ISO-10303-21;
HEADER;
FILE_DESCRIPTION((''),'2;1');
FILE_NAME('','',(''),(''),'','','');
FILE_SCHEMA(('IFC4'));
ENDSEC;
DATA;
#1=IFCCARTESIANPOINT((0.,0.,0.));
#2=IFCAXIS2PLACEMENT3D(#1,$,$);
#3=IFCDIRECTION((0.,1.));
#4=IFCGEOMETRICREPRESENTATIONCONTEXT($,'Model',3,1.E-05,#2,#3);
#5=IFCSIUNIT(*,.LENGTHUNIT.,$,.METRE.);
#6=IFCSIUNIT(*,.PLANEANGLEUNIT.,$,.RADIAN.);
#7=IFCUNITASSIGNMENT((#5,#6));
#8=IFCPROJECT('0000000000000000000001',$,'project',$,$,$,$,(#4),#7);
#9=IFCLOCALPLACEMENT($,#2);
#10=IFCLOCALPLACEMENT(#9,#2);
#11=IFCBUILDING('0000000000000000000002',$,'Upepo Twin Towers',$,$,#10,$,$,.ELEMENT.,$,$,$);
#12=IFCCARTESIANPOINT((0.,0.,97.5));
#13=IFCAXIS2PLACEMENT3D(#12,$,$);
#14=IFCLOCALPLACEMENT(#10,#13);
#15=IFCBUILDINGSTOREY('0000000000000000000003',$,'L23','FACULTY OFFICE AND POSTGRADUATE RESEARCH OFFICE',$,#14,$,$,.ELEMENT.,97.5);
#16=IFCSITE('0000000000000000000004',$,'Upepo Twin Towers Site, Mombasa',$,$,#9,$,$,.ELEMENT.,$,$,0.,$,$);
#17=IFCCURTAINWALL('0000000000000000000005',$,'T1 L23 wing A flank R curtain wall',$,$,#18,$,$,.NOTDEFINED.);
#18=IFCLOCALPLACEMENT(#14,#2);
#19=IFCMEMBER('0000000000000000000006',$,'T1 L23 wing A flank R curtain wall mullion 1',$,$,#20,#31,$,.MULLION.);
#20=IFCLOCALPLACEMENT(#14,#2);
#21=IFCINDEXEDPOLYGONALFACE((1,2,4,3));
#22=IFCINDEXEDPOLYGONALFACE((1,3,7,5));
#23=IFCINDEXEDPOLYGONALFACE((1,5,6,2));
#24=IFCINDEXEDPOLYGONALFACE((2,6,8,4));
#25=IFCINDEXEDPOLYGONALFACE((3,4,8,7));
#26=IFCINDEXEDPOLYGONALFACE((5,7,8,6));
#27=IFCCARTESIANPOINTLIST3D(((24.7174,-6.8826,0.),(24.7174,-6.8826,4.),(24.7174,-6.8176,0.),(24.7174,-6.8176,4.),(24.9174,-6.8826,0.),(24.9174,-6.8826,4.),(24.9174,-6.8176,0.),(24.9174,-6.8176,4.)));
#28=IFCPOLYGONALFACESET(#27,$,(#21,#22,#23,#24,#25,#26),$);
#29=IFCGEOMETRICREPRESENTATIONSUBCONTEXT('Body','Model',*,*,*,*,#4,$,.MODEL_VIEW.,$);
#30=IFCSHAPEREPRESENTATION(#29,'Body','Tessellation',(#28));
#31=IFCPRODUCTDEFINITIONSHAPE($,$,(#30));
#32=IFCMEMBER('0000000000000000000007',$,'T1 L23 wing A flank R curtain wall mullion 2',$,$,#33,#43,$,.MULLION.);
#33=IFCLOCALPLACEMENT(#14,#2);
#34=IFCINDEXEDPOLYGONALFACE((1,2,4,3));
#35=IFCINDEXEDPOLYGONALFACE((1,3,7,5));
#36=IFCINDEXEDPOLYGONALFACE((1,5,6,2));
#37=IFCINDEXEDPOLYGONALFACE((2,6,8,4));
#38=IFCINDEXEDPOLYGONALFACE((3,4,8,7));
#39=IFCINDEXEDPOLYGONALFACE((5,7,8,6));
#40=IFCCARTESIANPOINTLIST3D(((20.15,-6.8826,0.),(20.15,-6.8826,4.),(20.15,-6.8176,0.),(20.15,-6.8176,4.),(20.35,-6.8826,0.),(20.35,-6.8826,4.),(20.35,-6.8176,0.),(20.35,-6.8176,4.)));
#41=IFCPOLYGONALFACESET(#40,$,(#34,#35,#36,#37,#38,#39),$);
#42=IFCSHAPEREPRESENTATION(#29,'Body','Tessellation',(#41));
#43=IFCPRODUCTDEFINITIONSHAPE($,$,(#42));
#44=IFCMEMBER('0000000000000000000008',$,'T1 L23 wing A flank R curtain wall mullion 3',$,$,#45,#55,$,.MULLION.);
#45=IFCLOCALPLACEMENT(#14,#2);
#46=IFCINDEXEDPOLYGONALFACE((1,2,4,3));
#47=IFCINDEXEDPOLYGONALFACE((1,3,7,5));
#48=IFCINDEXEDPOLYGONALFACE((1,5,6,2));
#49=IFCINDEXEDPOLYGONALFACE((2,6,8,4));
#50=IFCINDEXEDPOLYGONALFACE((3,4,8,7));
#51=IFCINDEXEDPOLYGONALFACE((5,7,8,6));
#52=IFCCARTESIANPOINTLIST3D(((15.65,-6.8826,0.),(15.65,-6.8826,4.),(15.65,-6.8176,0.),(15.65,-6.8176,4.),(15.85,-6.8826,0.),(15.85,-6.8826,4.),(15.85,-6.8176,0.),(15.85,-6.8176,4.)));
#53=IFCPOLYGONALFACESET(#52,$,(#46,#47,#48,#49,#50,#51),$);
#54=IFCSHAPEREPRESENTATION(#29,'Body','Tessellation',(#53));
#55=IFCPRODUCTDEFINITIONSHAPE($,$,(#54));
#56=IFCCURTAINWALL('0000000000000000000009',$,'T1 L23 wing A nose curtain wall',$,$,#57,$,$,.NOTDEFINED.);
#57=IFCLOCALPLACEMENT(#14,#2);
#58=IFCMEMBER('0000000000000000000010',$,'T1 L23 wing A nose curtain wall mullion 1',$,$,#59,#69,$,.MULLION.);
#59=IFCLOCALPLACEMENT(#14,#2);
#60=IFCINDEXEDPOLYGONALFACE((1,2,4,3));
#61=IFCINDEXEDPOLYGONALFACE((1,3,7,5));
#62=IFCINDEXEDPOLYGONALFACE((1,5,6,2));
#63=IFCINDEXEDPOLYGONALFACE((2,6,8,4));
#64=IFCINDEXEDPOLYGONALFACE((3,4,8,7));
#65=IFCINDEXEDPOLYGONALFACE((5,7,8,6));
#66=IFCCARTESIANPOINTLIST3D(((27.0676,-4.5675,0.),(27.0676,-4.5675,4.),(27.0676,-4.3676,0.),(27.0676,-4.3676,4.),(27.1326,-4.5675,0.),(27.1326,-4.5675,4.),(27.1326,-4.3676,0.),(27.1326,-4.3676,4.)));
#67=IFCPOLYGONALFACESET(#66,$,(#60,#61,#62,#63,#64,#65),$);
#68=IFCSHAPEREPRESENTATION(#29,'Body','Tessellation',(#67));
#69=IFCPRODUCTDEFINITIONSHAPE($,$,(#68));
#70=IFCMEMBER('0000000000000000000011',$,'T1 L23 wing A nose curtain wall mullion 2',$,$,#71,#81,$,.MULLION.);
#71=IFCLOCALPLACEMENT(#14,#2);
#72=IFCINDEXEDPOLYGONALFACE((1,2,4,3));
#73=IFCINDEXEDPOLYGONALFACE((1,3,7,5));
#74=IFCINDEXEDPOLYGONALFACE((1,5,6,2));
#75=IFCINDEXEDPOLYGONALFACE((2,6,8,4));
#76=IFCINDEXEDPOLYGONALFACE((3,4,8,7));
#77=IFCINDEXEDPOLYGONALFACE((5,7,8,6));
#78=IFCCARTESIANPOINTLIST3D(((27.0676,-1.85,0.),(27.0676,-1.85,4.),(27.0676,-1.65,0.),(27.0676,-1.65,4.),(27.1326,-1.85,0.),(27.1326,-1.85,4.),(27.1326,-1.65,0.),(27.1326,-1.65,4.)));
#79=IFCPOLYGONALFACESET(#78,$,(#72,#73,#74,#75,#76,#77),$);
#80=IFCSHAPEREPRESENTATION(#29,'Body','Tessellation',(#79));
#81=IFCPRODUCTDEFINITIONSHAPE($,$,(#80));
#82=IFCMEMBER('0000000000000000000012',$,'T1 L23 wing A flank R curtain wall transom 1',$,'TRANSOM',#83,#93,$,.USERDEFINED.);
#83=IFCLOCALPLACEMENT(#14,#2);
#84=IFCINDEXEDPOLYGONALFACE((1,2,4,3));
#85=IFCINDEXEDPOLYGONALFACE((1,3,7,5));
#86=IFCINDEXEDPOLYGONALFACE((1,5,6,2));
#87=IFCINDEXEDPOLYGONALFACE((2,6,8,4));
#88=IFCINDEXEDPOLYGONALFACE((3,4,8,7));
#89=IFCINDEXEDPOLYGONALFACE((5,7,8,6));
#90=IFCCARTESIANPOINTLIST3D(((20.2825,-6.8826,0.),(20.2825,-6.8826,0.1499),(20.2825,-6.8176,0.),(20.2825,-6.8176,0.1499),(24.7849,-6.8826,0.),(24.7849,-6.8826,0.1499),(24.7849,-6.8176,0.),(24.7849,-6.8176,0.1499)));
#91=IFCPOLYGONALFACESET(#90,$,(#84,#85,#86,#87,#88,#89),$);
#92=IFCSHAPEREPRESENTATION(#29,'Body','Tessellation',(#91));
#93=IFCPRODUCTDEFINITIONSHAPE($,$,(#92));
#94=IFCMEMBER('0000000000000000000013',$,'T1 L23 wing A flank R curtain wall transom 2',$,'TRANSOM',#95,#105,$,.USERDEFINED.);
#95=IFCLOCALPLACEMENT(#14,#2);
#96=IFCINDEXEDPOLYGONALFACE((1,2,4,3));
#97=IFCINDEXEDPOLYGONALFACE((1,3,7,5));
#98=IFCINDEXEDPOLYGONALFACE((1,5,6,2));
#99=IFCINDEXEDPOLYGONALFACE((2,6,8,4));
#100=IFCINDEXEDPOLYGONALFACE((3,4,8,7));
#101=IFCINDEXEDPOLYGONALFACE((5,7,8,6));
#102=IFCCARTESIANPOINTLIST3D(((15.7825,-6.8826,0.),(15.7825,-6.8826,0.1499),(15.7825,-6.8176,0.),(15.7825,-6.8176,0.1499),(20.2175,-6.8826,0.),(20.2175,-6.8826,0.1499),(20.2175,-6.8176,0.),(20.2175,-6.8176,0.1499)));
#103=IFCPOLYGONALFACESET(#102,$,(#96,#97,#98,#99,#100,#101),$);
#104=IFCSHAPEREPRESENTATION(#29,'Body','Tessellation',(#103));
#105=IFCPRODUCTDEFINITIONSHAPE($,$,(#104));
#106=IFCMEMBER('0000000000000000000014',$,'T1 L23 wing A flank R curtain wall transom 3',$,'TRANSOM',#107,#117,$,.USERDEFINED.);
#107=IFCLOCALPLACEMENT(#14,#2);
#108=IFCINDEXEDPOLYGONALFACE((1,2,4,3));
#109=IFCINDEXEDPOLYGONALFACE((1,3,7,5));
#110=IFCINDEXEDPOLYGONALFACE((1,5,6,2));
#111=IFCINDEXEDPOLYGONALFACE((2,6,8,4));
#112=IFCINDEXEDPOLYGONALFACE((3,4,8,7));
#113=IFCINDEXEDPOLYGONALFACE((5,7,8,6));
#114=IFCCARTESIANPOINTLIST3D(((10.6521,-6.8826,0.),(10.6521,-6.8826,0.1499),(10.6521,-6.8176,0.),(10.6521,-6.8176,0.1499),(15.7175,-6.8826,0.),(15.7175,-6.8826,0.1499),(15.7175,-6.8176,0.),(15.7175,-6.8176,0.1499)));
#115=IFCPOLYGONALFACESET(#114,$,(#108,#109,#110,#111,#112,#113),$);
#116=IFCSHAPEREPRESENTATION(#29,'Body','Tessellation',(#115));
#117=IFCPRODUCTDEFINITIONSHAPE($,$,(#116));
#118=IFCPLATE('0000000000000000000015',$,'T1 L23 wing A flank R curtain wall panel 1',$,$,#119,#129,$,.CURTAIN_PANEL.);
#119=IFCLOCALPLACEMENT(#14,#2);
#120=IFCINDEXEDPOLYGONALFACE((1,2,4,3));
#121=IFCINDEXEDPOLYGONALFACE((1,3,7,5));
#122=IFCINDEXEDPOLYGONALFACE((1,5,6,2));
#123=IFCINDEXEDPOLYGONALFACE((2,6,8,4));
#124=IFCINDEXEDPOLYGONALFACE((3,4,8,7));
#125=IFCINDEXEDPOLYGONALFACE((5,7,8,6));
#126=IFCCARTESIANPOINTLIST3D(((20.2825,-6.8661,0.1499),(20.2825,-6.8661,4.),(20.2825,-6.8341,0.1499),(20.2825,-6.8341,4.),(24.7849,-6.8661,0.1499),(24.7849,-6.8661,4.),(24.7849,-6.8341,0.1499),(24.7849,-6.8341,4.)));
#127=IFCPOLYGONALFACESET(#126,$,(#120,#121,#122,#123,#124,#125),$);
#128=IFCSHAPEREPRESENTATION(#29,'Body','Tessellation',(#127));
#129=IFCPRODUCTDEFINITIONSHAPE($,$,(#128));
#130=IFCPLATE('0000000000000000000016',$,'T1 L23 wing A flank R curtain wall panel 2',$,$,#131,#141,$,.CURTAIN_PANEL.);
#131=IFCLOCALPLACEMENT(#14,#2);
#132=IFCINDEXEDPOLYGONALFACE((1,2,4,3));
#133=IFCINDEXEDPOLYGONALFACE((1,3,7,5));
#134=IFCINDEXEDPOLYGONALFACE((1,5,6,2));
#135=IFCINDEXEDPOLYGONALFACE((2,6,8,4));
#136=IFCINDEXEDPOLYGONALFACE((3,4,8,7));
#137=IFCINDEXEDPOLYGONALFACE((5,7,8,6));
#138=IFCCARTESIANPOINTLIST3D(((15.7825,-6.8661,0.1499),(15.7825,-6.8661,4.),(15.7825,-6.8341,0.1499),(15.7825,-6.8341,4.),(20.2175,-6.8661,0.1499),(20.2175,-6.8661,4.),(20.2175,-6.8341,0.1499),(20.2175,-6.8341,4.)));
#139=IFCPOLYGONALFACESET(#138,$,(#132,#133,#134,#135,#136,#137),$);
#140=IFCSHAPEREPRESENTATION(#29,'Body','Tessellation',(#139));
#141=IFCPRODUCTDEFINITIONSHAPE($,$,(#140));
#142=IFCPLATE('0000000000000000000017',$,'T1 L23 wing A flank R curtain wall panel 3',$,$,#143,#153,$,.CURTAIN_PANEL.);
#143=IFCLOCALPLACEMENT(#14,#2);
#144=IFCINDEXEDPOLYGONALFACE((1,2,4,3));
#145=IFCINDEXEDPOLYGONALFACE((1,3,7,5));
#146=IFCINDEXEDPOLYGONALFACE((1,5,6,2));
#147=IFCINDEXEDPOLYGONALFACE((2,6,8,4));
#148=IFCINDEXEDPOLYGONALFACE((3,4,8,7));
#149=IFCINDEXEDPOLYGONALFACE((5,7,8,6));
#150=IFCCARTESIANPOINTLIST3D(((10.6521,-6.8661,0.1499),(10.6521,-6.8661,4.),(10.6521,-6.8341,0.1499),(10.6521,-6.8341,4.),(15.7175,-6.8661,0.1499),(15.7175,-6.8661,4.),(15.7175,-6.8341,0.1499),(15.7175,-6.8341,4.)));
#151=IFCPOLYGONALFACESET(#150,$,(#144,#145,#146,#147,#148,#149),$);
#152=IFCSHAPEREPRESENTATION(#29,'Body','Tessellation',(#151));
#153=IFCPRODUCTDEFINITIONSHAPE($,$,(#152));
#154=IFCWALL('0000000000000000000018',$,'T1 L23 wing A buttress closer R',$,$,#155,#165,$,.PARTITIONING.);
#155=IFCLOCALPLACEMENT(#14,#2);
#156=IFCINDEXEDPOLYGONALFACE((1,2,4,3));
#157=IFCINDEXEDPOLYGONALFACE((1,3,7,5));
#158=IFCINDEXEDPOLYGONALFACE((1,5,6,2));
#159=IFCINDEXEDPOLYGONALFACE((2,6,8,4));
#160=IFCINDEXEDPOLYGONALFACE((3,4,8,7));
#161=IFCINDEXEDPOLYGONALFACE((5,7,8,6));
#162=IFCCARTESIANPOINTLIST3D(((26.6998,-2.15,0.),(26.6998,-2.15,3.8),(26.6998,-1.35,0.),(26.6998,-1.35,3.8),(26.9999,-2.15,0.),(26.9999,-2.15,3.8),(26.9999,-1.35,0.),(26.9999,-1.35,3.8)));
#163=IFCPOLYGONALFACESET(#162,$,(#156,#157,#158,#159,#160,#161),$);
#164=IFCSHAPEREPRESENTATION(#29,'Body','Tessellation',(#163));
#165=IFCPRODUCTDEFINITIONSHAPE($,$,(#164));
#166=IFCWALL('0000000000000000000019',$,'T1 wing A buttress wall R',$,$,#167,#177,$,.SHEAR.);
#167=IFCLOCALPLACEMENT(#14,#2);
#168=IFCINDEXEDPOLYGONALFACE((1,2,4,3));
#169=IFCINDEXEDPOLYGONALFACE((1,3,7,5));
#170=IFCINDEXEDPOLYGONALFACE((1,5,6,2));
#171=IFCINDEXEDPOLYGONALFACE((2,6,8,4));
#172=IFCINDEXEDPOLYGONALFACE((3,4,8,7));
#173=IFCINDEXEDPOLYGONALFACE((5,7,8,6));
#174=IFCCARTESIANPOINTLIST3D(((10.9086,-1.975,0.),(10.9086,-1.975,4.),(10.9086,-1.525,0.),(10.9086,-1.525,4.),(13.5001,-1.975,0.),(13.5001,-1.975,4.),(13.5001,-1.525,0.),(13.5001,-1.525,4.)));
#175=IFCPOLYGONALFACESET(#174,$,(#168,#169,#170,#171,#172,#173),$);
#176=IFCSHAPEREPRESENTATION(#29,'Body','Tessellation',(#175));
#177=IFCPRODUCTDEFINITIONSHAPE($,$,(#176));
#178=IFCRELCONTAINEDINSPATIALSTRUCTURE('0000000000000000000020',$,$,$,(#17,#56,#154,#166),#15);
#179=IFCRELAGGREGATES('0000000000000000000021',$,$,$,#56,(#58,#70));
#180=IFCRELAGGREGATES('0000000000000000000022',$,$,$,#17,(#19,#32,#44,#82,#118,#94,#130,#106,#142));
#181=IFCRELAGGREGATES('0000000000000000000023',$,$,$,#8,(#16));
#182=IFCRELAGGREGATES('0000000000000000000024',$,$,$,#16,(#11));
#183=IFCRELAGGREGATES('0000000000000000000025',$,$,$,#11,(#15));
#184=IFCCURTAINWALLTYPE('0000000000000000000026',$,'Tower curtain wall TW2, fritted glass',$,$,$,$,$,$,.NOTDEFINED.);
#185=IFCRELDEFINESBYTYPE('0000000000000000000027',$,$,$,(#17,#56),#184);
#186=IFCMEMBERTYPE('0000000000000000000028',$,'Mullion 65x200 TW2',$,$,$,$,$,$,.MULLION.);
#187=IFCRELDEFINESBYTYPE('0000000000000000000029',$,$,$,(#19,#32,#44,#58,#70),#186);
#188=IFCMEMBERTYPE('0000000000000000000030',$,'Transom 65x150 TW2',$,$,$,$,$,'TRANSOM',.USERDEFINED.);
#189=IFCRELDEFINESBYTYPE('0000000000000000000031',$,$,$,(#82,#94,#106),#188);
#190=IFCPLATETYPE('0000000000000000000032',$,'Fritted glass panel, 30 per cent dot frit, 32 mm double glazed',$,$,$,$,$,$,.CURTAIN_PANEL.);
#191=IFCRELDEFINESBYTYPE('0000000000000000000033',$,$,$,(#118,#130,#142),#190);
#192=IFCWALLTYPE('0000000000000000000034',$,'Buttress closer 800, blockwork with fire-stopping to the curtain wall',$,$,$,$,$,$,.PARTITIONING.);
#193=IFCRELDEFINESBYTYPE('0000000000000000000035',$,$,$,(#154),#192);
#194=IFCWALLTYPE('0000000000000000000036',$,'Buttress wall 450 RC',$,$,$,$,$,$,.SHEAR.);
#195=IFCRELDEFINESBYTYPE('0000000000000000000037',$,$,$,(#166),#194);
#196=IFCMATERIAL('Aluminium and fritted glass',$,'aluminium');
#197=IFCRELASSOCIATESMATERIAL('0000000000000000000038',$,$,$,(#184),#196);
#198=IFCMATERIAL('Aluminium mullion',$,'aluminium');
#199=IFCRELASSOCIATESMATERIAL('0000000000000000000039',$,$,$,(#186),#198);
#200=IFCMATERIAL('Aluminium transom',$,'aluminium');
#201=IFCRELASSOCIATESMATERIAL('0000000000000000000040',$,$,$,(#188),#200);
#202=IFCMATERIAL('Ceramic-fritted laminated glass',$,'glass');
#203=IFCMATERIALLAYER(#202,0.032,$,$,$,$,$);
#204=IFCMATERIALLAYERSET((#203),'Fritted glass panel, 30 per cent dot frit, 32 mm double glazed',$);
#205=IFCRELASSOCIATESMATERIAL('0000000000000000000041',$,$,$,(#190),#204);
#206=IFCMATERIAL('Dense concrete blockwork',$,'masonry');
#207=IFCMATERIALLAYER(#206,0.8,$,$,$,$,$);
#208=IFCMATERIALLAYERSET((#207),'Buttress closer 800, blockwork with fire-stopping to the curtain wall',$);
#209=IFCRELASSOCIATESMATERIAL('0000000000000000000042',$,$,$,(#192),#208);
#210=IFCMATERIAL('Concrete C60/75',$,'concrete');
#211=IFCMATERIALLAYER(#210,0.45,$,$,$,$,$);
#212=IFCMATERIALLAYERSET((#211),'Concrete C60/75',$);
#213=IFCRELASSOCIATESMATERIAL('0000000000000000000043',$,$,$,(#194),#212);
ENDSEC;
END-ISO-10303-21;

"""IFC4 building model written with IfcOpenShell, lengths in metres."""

from ifc_helpers import new_model, si_unit, direction, frame, frame_2d, origin, origin_2d, place, context, subcontext, project, spatial, rectangle, extrude, material, layer, layer_set, material_profile, profile_set, type_object, element, aggregate, save


model = new_model("IFC4")

# Units and contexts
model_context = context("Model", 3, precision=1e-05, world=origin(), true_north=direction((0.0, 1.0)))
body_context = subcontext(model_context, "Body", "Model", "MODEL_VIEW")
ifc_project = project(units=[si_unit("LENGTHUNIT", "METRE"), si_unit("PLANEANGLEUNIT", "RADIAN")], contexts=[model_context])

# Site, building, storey
site_placement = place(None, origin())
site = spatial("IfcSite", under=ifc_project, at=site_placement, Name="Upepo Twin Towers Site, Mombasa", CompositionType="ELEMENT", RefElevation=0.0)
building_placement = place(site_placement, origin())
building = spatial("IfcBuilding", under=site, at=building_placement, Name="Upepo Twin Towers", CompositionType="ELEMENT")
storey_placement = place(building_placement, frame((0.0, 0.0, 97.5)))
storey = spatial("IfcBuildingStorey", under=building, at=storey_placement, Name="L23", Description="FACULTY OFFICE AND POSTGRADUATE RESEARCH OFFICE", CompositionType="ELEMENT", Elevation=97.5)

# Curtain walls, members
ifc_material_1 = material(Name="Aluminium and fritted glass", Category="aluminium")
curtain_wall_type = type_object("IfcCurtainWallType", Name="Tower curtain wall TW2, fritted glass", PredefinedType="NOTDEFINED", material=ifc_material_1)
curtain_wall_1_placement = place(storey_placement, origin())
curtain_wall_1 = element("IfcCurtainWall", 1, at=curtain_wall_1_placement, inside=storey, type_object=curtain_wall_type, Name="T1 L23 wing A flank R curtain wall", PredefinedType="NOTDEFINED")
ifc_material_2 = material(Name="Aluminium mullion", Category="aluminium")
ifc_material_profile_1 = material_profile(ifc_material_2, rectangle(XDim=0.0649, YDim=0.2, at=origin_2d()), Name="MULLION 65x200")
ifc_profile_set_1 = profile_set([ifc_material_profile_1], Name="Aluminium mullion")
member_type_1 = type_object("IfcMemberType", Name="Mullion 65x200 TW2", PredefinedType="MULLION", material=ifc_profile_set_1)
member_1_placement = place(storey_placement, frame((24.8174, -6.8501, 0.0), z_axis=(0.0, 0.0, 1.0), x_axis=(0.0, -1.0, 0.0)))
member_1 = element("IfcMember", 2, at=member_1_placement, type_object=member_type_1, Name="T1 L23 wing A flank R curtain wall mullion 1", PredefinedType="MULLION", context=body_context, shape_type="SweptSolid", body=[
    extrude(rectangle(XDim=0.0649, YDim=0.2, at=origin_2d()), origin(), (0.0, 0.0, 1.0), 4.0),
])
member_2_placement = place(storey_placement, frame((20.25, -6.8501, 0.0), z_axis=(0.0, 0.0, 1.0), x_axis=(0.0, -1.0, 0.0)))
member_2 = element("IfcMember", 3, at=member_2_placement, type_object=member_type_1, Name="T1 L23 wing A flank R curtain wall mullion 2", PredefinedType="MULLION", context=body_context, shape_type="SweptSolid", body=[
    extrude(rectangle(XDim=0.0649, YDim=0.2, at=origin_2d()), origin(), (0.0, 0.0, 1.0), 4.0),
])
member_3_placement = place(storey_placement, frame((15.75, -6.8501, 0.0), z_axis=(0.0, 0.0, 1.0), x_axis=(0.0, -1.0, 0.0)))
member_3 = element("IfcMember", 4, at=member_3_placement, type_object=member_type_1, Name="T1 L23 wing A flank R curtain wall mullion 3", PredefinedType="MULLION", context=body_context, shape_type="SweptSolid", body=[
    extrude(rectangle(XDim=0.0649, YDim=0.2, at=origin_2d()), origin(), (0.0, 0.0, 1.0), 4.0),
])
curtain_wall_2_placement = place(storey_placement, origin())
curtain_wall_2 = element("IfcCurtainWall", 5, at=curtain_wall_2_placement, inside=storey, type_object=curtain_wall_type, Name="T1 L23 wing A nose curtain wall", PredefinedType="NOTDEFINED")
member_4_placement = place(storey_placement, frame((27.1001, -4.4675, 0.0), z_axis=(0.0, 0.0, 1.0), x_axis=(-1.0, 0.0, 0.0)))
member_4 = element("IfcMember", 6, at=member_4_placement, type_object=member_type_1, Name="T1 L23 wing A nose curtain wall mullion 1", PredefinedType="MULLION", context=body_context, shape_type="SweptSolid", body=[
    extrude(rectangle(XDim=0.0649, YDim=0.2, at=origin_2d()), origin(), (0.0, 0.0, 1.0), 4.0),
])
member_5_placement = place(storey_placement, frame((27.1001, -1.75, 0.0), z_axis=(0.0, 0.0, 1.0), x_axis=(-1.0, 0.0, 0.0)))
member_5 = element("IfcMember", 7, at=member_5_placement, type_object=member_type_1, Name="T1 L23 wing A nose curtain wall mullion 2", PredefinedType="MULLION", context=body_context, shape_type="SweptSolid", body=[
    extrude(rectangle(XDim=0.0649, YDim=0.2, at=origin_2d()), origin(), (0.0, 0.0, 1.0), 4.0),
])
aggregate(curtain_wall_2, [member_4, member_5])

# Members
ifc_material_3 = material(Name="Aluminium transom", Category="aluminium")
ifc_material_profile_2 = material_profile(ifc_material_3, rectangle(XDim=0.0649, YDim=0.1499, at=origin_2d()), Name="TRANSOM 65x150")
ifc_profile_set_2 = profile_set([ifc_material_profile_2], Name="Aluminium transom")
member_type_2 = type_object("IfcMemberType", Name="Transom 65x150 TW2", ElementType="TRANSOM", PredefinedType="USERDEFINED", material=ifc_profile_set_2)
member_6_placement = place(storey_placement, frame((24.7849, -6.8501, 0.075), z_axis=(-1.0, 0.0, 0.0), x_axis=(0.0, -1.0, 0.0)))
member_6 = element("IfcMember", 8, at=member_6_placement, type_object=member_type_2, Name="T1 L23 wing A flank R curtain wall transom 1", ObjectType="TRANSOM", PredefinedType="USERDEFINED", context=body_context, shape_type="SweptSolid", body=[
    extrude(rectangle(XDim=0.0649, YDim=0.1499, at=origin_2d()), origin(), (0.0, 0.0, 1.0), 4.5024),
])
member_7_placement = place(storey_placement, frame((20.2175, -6.8501, 0.075), z_axis=(-1.0, 0.0, 0.0), x_axis=(0.0, -1.0, 0.0)))
member_7 = element("IfcMember", 9, at=member_7_placement, type_object=member_type_2, Name="T1 L23 wing A flank R curtain wall transom 2", ObjectType="TRANSOM", PredefinedType="USERDEFINED", context=body_context, shape_type="SweptSolid", body=[
    extrude(rectangle(XDim=0.0649, YDim=0.1499, at=origin_2d()), origin(), (0.0, 0.0, 1.0), 4.4351),
])
member_8_placement = place(storey_placement, frame((15.7175, -6.8501, 0.075), z_axis=(-1.0, 0.0, 0.0), x_axis=(0.0, -1.0, 0.0)))
member_8 = element("IfcMember", 10, at=member_8_placement, type_object=member_type_2, Name="T1 L23 wing A flank R curtain wall transom 3", ObjectType="TRANSOM", PredefinedType="USERDEFINED", context=body_context, shape_type="SweptSolid", body=[
    extrude(rectangle(XDim=0.0649, YDim=0.1499, at=origin_2d()), origin(), (0.0, 0.0, 1.0), 5.0654),
])

# Plates
ifc_material_4 = material(Name="Ceramic-fritted laminated glass", Category="glass")
ifc_layer_1 = layer(ifc_material_4, 0.032)
ifc_layer_set_1 = layer_set([ifc_layer_1], Name="Fritted glass panel, 30 per cent dot frit, 32 mm double glazed")
plate_type = type_object("IfcPlateType", Name="Fritted glass panel, 30 per cent dot frit, 32 mm double glazed", PredefinedType="CURTAIN_PANEL", material=ifc_layer_set_1)
plate_1_placement = place(storey_placement, frame((22.5337, -6.8501, 0.1499), z_axis=(0.0, 0.0, 1.0), x_axis=(-1.0, 0.0, 0.0)))
plate_1 = element("IfcPlate", 11, at=plate_1_placement, type_object=plate_type, Name="T1 L23 wing A flank R curtain wall panel 1", PredefinedType="CURTAIN_PANEL", context=body_context, shape_type="SweptSolid", body=[
    extrude(rectangle(XDim=4.5024, YDim=0.032, at=origin_2d()), origin(), (0.0, 0.0, 1.0), 3.8501),
])
plate_2_placement = place(storey_placement, frame((18.0, -6.8501, 0.1499), z_axis=(0.0, 0.0, 1.0), x_axis=(-1.0, 0.0, 0.0)))
plate_2 = element("IfcPlate", 12, at=plate_2_placement, type_object=plate_type, Name="T1 L23 wing A flank R curtain wall panel 2", PredefinedType="CURTAIN_PANEL", context=body_context, shape_type="SweptSolid", body=[
    extrude(rectangle(XDim=4.4351, YDim=0.032, at=origin_2d()), origin(), (0.0, 0.0, 1.0), 3.8501),
])
plate_3_placement = place(storey_placement, frame((13.1848, -6.8501, 0.1499), z_axis=(0.0, 0.0, 1.0), x_axis=(-1.0, 0.0, 0.0)))
plate_3 = element("IfcPlate", 13, at=plate_3_placement, type_object=plate_type, Name="T1 L23 wing A flank R curtain wall panel 3", PredefinedType="CURTAIN_PANEL", context=body_context, shape_type="SweptSolid", body=[
    extrude(rectangle(XDim=5.0654, YDim=0.032, at=origin_2d()), origin(), (0.0, 0.0, 1.0), 3.8501),
])
aggregate(curtain_wall_1, [member_1, member_2, member_3, member_6, plate_1, member_7, plate_2, member_8, plate_3])

# Walls
ifc_material_5 = material(Name="Dense concrete blockwork", Category="masonry")
ifc_layer_2 = layer(ifc_material_5, 0.8)
ifc_layer_set_2 = layer_set([ifc_layer_2], Name="Buttress closer 800, blockwork with fire-stopping to the curtain wall")
wall_type_1 = type_object("IfcWallType", Name="Buttress closer 800, blockwork with fire-stopping to the curtain wall", PredefinedType="PARTITIONING", material=ifc_layer_set_2)
wall_1_placement = place(storey_placement, frame((26.7, -1.75, 0.0), z_axis=(0.0, 0.0, 1.0), x_axis=(1.0, 0.0, 0.0)))
element("IfcWall", 14, at=wall_1_placement, inside=storey, type_object=wall_type_1, Name="T1 L23 wing A buttress closer R", PredefinedType="PARTITIONING", context=body_context, shape_type="SweptSolid", body=[
    extrude(rectangle(XDim=0.3, YDim=0.8, at=frame_2d((0.1499, 0.0))), origin(), (0.0, 0.0, 1.0), 3.8),
])
ifc_material_6 = material(Name="Concrete C60/75", Category="concrete")
ifc_layer_3 = layer(ifc_material_6, 0.45)
ifc_layer_set_3 = layer_set([ifc_layer_3], Name="Concrete C60/75")
wall_type_2 = type_object("IfcWallType", Name="Buttress wall 450 RC", PredefinedType="SHEAR", material=ifc_layer_set_3)
wall_2_placement = place(storey_placement, frame((10.9084, -1.75, 0.0), z_axis=(0.0, 0.0, 1.0), x_axis=(1.0, 0.0, 0.0)))
element("IfcWall", 15, at=wall_2_placement, inside=storey, type_object=wall_type_2, Name="T1 wing A buttress wall R", PredefinedType="SHEAR", context=body_context, shape_type="SweptSolid", body=[
    extrude(rectangle(XDim=2.5916, YDim=0.45, at=frame_2d((1.2959, 0.0))), origin(), (0.0, 0.0, 1.0), 4.0),
])

save(model, "model.ifc")
